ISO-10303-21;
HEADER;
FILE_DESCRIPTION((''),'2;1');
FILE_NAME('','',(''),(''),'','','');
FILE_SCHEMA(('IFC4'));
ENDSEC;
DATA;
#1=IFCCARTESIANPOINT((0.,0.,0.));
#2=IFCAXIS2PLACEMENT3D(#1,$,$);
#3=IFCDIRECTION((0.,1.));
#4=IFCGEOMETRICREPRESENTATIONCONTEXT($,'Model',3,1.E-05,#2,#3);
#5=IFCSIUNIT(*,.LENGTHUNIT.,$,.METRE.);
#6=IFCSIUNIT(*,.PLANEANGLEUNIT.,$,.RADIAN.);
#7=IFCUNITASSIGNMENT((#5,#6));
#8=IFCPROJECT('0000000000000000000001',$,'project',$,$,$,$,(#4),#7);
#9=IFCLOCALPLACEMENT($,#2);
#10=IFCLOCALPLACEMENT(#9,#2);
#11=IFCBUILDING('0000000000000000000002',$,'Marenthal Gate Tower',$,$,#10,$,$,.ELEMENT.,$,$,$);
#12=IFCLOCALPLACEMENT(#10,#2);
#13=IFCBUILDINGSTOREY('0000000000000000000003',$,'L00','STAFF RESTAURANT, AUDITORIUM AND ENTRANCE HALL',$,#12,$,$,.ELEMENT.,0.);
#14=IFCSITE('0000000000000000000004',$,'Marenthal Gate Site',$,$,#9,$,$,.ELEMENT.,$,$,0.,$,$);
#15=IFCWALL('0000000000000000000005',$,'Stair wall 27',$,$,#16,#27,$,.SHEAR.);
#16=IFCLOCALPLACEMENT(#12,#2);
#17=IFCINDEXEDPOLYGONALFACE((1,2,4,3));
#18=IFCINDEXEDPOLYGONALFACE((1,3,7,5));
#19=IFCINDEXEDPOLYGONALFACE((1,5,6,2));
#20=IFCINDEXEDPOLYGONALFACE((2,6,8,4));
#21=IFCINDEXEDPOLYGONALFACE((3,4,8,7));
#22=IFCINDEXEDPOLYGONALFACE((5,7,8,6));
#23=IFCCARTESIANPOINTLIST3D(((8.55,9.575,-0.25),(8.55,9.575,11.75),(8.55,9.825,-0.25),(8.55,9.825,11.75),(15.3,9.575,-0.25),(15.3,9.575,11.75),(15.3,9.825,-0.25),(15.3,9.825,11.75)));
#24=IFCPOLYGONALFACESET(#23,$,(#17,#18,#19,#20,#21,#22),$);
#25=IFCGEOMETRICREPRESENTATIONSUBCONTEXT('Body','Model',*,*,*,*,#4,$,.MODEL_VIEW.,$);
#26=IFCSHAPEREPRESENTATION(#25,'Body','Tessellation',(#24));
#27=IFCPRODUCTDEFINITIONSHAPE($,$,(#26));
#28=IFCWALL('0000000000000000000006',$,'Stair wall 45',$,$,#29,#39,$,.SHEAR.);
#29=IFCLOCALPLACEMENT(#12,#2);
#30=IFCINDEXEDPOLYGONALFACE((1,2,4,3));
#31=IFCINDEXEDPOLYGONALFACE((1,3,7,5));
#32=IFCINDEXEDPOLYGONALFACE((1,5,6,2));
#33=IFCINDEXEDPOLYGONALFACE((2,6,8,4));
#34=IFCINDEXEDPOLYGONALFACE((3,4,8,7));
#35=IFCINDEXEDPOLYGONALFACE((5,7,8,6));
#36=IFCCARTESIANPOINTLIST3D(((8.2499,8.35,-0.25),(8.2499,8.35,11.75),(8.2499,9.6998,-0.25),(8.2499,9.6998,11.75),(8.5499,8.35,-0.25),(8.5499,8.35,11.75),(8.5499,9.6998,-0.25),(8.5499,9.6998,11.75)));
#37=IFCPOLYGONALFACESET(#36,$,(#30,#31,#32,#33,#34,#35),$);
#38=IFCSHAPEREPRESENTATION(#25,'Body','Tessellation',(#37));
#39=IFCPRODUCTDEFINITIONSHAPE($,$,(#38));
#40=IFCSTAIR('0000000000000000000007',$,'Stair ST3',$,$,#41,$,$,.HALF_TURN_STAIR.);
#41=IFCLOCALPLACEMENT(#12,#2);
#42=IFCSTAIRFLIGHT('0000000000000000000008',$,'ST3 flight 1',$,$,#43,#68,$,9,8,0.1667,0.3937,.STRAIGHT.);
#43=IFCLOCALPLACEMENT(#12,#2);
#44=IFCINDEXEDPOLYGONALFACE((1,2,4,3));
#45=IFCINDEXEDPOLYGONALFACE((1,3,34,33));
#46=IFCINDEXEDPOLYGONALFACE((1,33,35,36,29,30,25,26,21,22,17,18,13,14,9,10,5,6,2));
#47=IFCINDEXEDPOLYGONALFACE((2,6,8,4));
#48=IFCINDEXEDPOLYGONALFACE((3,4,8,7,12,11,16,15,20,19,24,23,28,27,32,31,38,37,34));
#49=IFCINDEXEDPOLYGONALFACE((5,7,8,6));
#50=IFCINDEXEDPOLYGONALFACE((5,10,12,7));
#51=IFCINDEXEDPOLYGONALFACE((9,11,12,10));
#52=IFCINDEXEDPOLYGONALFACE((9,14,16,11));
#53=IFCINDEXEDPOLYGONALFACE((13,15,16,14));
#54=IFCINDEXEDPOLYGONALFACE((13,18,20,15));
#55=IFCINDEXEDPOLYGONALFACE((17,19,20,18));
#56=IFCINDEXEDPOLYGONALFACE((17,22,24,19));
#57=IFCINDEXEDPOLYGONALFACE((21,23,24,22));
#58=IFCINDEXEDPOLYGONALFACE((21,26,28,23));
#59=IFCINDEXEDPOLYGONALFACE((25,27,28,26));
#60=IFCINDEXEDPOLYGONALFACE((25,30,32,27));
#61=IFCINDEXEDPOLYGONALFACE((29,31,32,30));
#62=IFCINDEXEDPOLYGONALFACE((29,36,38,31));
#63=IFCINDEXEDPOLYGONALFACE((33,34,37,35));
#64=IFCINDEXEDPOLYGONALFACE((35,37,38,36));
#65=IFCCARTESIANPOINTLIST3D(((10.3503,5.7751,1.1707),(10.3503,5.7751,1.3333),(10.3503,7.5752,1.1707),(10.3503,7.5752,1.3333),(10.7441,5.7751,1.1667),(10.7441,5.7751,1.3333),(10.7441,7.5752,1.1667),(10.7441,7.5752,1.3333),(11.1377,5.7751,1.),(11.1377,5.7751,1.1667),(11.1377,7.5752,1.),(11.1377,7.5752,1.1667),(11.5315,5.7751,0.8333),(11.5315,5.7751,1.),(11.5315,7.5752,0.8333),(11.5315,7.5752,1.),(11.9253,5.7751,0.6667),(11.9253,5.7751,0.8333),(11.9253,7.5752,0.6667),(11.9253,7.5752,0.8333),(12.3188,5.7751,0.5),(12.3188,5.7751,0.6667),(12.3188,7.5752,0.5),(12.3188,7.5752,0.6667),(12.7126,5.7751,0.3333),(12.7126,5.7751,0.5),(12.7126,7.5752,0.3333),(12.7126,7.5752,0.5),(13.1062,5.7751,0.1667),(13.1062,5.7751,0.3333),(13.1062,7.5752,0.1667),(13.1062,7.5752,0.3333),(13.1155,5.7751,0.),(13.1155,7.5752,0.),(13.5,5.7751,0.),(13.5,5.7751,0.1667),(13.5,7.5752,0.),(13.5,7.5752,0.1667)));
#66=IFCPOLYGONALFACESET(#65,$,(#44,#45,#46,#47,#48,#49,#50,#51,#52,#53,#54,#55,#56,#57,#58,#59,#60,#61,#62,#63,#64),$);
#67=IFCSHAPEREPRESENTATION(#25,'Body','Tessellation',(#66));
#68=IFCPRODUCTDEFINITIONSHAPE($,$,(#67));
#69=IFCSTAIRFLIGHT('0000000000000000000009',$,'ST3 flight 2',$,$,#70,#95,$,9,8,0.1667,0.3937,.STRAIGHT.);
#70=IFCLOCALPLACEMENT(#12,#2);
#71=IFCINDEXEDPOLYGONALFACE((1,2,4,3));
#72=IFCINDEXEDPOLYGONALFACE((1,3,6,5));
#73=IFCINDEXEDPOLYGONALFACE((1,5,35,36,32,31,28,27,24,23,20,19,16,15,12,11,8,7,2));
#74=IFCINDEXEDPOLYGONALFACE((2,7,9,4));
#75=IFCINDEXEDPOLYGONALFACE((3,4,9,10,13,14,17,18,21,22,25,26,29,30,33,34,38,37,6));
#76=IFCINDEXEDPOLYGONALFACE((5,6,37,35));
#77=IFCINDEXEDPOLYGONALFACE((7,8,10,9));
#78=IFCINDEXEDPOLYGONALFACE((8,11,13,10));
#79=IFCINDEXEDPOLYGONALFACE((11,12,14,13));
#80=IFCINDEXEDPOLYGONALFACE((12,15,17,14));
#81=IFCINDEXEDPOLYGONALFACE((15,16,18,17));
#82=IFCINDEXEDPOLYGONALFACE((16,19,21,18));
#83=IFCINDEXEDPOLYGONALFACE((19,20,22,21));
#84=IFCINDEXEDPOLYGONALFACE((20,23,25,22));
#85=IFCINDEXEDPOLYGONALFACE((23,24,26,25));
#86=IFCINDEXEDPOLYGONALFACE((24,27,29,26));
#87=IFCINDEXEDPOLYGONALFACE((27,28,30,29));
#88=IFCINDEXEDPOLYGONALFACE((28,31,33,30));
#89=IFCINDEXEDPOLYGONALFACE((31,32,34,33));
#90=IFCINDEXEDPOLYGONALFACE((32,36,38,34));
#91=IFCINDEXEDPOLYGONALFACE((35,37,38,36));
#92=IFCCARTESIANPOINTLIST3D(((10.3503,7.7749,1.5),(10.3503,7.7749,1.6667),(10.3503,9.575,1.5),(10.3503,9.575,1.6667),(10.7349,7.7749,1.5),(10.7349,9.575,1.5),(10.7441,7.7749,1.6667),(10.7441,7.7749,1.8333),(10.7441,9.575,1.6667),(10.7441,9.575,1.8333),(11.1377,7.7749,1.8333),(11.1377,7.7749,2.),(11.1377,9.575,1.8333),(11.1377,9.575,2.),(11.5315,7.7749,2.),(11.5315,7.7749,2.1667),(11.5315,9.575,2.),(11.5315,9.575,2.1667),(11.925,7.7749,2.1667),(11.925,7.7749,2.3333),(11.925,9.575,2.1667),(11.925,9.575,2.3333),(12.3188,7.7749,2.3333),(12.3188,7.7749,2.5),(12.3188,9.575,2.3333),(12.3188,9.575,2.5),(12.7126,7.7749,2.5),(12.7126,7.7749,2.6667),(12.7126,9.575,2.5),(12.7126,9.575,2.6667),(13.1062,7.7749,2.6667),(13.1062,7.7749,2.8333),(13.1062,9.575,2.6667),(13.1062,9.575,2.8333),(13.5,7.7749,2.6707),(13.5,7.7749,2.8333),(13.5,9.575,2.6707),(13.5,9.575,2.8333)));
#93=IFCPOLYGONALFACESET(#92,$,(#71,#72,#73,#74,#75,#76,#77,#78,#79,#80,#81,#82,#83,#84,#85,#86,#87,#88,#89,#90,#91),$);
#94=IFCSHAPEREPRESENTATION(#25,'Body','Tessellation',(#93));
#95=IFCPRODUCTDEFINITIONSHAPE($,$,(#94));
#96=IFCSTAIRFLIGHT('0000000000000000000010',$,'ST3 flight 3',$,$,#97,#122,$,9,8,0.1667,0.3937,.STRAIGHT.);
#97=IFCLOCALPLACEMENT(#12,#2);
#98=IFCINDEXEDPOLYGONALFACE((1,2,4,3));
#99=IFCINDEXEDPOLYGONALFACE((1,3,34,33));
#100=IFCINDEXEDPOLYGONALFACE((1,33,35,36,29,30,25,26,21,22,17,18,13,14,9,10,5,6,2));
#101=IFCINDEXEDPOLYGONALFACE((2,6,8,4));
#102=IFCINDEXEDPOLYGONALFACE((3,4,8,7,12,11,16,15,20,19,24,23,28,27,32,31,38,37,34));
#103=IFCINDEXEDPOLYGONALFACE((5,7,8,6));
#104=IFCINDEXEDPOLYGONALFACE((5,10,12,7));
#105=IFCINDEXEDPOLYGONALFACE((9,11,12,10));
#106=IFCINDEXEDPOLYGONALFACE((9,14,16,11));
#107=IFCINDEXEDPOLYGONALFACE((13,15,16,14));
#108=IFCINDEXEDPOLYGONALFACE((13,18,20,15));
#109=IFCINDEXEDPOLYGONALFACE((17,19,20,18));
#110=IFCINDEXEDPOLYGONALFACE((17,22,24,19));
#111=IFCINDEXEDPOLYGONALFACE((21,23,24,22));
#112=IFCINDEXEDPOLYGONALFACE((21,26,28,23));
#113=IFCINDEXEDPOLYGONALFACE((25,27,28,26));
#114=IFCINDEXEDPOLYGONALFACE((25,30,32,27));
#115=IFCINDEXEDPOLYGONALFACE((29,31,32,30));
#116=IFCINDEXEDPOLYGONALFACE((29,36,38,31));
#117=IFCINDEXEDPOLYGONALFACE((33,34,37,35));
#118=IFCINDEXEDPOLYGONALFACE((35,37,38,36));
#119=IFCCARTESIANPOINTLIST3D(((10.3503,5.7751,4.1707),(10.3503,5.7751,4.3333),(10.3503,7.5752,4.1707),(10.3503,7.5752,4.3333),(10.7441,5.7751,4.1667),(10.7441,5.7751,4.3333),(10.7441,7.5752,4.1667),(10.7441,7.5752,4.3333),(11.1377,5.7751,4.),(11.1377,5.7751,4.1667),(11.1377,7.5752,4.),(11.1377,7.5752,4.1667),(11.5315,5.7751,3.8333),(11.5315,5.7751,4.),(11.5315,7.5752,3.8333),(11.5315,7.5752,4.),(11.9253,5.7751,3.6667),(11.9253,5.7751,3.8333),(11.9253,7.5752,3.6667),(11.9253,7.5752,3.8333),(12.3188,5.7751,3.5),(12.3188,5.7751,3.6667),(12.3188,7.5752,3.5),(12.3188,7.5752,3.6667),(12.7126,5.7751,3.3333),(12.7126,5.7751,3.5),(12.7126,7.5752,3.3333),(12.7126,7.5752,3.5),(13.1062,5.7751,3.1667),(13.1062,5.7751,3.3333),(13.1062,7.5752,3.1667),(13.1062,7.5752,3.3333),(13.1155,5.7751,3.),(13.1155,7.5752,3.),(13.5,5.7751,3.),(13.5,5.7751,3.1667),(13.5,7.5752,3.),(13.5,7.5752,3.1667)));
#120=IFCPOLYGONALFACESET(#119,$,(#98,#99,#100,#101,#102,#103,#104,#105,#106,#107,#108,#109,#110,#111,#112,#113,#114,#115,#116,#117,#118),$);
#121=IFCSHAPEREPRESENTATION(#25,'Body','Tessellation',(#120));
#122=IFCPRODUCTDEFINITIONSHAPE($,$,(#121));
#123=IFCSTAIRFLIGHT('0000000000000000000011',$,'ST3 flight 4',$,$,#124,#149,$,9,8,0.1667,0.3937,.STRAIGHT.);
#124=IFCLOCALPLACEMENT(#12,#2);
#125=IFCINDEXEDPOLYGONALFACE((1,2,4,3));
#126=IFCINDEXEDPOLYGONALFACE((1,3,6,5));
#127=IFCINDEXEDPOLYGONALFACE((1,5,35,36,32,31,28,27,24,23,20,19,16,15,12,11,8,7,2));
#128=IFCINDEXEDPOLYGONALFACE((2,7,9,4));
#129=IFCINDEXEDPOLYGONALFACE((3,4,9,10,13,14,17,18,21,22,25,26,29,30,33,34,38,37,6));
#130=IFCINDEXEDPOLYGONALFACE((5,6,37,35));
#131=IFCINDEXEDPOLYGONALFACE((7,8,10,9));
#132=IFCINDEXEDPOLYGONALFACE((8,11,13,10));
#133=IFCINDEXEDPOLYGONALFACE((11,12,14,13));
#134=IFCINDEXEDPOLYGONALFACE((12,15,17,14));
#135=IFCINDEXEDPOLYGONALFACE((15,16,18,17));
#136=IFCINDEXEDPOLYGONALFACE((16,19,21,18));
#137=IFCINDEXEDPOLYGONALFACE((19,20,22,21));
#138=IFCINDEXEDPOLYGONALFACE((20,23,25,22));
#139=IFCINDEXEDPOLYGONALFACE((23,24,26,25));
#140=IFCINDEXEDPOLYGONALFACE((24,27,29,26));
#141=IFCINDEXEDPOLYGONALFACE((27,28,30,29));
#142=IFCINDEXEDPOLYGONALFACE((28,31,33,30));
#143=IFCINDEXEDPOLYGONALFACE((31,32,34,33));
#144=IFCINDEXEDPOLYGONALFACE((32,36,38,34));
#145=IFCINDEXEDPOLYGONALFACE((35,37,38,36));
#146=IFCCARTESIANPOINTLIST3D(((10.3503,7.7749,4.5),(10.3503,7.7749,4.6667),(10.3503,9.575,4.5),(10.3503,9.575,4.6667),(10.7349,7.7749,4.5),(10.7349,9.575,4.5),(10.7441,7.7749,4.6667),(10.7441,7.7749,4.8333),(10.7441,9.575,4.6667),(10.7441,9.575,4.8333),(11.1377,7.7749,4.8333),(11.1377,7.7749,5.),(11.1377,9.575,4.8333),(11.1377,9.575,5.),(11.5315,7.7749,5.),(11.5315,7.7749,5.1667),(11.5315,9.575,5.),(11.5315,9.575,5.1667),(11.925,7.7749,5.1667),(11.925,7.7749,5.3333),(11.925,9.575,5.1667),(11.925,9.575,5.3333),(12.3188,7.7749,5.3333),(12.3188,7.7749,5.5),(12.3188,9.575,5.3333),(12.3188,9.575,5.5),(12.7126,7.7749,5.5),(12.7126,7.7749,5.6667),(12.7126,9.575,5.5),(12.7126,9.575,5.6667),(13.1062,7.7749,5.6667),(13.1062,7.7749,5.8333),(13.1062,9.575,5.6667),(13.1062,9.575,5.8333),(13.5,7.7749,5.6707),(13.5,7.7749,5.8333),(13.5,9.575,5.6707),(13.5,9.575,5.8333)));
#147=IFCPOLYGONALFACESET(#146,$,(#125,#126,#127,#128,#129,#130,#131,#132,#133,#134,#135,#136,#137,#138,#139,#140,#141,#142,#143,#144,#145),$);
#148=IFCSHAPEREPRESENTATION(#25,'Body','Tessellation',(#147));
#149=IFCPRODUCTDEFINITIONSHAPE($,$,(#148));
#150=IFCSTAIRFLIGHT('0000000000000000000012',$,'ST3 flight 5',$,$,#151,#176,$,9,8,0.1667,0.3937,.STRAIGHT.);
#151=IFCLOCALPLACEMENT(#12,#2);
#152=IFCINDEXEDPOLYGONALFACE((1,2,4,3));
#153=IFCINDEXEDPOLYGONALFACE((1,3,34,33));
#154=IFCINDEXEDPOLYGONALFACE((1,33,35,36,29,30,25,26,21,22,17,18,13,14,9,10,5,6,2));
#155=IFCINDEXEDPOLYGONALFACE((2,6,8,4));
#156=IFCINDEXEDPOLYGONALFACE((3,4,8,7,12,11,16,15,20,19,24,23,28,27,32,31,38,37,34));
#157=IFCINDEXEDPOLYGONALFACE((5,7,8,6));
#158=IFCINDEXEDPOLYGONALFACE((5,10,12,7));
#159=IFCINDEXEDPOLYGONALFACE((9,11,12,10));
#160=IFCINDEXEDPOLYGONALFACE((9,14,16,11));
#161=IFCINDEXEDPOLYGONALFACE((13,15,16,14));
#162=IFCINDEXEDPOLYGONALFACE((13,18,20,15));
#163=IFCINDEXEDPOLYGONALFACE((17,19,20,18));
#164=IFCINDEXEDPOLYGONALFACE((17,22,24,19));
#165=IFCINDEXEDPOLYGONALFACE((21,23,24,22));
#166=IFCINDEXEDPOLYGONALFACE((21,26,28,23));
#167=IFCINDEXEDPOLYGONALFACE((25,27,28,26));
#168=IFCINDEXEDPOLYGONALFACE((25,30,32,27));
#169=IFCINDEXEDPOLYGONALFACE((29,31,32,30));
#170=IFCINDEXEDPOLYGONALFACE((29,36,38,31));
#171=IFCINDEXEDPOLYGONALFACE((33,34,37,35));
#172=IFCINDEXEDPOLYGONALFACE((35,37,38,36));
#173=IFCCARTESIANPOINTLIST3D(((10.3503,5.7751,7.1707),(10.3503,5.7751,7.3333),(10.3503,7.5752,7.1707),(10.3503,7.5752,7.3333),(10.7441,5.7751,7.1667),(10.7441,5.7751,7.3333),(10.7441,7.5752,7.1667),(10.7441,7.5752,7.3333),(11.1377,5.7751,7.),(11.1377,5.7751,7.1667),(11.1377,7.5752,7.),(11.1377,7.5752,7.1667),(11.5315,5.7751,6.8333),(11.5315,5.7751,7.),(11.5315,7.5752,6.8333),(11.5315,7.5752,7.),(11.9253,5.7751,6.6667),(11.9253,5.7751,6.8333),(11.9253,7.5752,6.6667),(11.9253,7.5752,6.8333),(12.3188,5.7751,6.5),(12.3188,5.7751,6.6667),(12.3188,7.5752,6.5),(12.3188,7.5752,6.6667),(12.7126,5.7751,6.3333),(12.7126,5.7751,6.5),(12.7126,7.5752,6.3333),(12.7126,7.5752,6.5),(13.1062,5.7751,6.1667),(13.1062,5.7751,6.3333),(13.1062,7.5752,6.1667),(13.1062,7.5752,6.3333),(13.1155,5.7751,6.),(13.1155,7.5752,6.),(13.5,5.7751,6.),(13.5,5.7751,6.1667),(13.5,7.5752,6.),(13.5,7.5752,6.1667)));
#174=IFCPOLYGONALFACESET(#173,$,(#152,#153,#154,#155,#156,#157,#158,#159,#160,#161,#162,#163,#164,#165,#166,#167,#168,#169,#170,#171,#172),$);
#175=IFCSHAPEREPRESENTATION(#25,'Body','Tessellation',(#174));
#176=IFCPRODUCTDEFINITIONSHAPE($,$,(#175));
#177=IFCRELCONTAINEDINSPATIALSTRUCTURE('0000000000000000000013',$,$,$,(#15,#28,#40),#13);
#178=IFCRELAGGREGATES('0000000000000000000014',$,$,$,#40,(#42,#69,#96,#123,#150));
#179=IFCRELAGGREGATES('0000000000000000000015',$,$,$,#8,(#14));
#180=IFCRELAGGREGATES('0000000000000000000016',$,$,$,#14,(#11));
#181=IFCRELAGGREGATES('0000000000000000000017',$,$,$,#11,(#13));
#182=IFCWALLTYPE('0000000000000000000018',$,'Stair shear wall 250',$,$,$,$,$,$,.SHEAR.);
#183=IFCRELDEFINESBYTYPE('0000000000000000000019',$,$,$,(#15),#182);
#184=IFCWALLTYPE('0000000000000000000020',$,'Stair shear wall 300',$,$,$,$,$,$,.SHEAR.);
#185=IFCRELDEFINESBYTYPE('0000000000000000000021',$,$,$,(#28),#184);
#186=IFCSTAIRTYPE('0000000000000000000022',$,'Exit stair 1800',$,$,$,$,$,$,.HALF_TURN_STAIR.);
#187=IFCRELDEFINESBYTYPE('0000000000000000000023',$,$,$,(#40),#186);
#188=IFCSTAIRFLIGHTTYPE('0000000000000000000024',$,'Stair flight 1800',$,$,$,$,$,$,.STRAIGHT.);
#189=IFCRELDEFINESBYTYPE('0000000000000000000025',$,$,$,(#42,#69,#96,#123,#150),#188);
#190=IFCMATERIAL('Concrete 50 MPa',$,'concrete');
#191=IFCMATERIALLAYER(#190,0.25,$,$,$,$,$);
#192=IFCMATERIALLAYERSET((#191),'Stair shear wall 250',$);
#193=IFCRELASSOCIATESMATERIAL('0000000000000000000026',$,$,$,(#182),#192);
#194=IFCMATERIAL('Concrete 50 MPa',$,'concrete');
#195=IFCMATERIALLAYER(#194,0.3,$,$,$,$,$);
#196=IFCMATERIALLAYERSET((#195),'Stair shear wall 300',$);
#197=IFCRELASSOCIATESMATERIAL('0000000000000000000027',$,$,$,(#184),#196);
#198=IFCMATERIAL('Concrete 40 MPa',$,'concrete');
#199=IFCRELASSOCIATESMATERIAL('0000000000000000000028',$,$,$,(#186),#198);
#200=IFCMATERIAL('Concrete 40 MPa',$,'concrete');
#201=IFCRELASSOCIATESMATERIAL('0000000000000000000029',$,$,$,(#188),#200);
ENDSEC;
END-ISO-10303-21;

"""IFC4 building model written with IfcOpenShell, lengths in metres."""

from ifc_helpers import new_model, si_unit, direction, frame, frame_2d, origin, place, context, subcontext, project, spatial, polyline, rectangle, outline, extrude, material, layer, layer_set, type_object, element, aggregate, save


model = new_model("IFC4")

# Units and contexts
model_context = context("Model", 3, precision=1e-05, world=origin(), true_north=direction((0.0, 1.0)))
body_context = subcontext(model_context, "Body", "Model", "MODEL_VIEW")
ifc_project = project(units=[si_unit("LENGTHUNIT", "METRE"), si_unit("PLANEANGLEUNIT", "RADIAN")], contexts=[model_context])

# Site, building, storey
site_placement = place(None, origin())
site = spatial("IfcSite", under=ifc_project, at=site_placement, Name="Marenthal Gate Site", CompositionType="ELEMENT", RefElevation=0.0)
building_placement = place(site_placement, origin())
building = spatial("IfcBuilding", under=site, at=building_placement, Name="Marenthal Gate Tower", CompositionType="ELEMENT")
storey_placement = place(building_placement, origin())
storey = spatial("IfcBuildingStorey", under=building, at=storey_placement, Name="L00", Description="STAFF RESTAURANT, AUDITORIUM AND ENTRANCE HALL", CompositionType="ELEMENT", Elevation=0.0)

# Shared definitions
ifc_material_1 = material(Name="Concrete 50 MPa", Category="concrete")
ifc_layer_1 = layer(ifc_material_1, 0.25)
ifc_layer_set_1 = layer_set([ifc_layer_1], Name="Stair shear wall 250")
wall_type_1 = type_object("IfcWallType", Name="Stair shear wall 250", PredefinedType="SHEAR", material=ifc_layer_set_1)

# Walls
wall_1_placement = place(storey_placement, frame((8.55, 9.7, -0.25), z_axis=(0.0, 0.0, 1.0), x_axis=(1.0, 0.0, 0.0)))
element("IfcWall", 1, at=wall_1_placement, inside=storey, type_object=wall_type_1, Name="Stair wall 27", PredefinedType="SHEAR", context=body_context, shape_type="SweptSolid", body=[
    extrude(rectangle(XDim=6.75, YDim=0.25, at=frame_2d((3.375, 0.0))), origin(), (0.0, 0.0, 1.0), 12.0),
])
ifc_material_2 = material(Name="Concrete 50 MPa", Category="concrete")
ifc_layer_2 = layer(ifc_material_2, 0.3)
ifc_layer_set_2 = layer_set([ifc_layer_2], Name="Stair shear wall 300")
wall_type_2 = type_object("IfcWallType", Name="Stair shear wall 300", PredefinedType="SHEAR", material=ifc_layer_set_2)
wall_2_placement = place(storey_placement, frame((8.3999, 8.3501, -0.25), z_axis=(0.0, 0.0, 1.0), x_axis=(0.0, 1.0, 0.0)))
element("IfcWall", 2, at=wall_2_placement, inside=storey, type_object=wall_type_2, Name="Stair wall 45", PredefinedType="SHEAR", context=body_context, shape_type="SweptSolid", body=[
    extrude(rectangle(XDim=1.3499, YDim=0.3, at=frame_2d((0.6748, 0.0))), origin(), (0.0, 0.0, 1.0), 12.0),
])

# Stair, stair flights
ifc_material_3 = material(Name="Concrete 40 MPa", Category="concrete")
stair_type = type_object("IfcStairType", Name="Exit stair 1800", PredefinedType="HALF_TURN_STAIR", material=ifc_material_3)
stair_placement = place(storey_placement, origin())
stair = element("IfcStair", 3, at=stair_placement, inside=storey, type_object=stair_type, Name="Stair ST3", PredefinedType="HALF_TURN_STAIR")
ifc_material_4 = material(Name="Concrete 40 MPa", Category="concrete")
stair_flight_type = type_object("IfcStairFlightType", Name="Stair flight 1800", PredefinedType="STRAIGHT", material=ifc_material_4)
stair_flight_1_placement = place(storey_placement, frame((13.5, 6.675, 0.0), z_axis=(0.0, 0.0, 1.0), x_axis=(-1.0, 0.0, 0.0)))
stair_flight_1 = element("IfcStairFlight", 4, at=stair_flight_1_placement, type_object=stair_flight_type, Name="ST3 flight 1", NumberOfRisers=9, NumberOfTreads=8, PredefinedType="STRAIGHT", RiserHeight=0.1667, TreadLength=0.3937, context=body_context, shape_type="SweptSolid", body=[
    extrude(outline(polyline([(0.0, 0.0), (0.0, 0.1667), (0.3938, 0.1667), (0.3938, 0.3333), (0.7874, 0.3333), (0.7874, 0.5), (1.1812, 0.5), (1.1812, 0.6667), (1.5747, 0.6667), (1.5747, 0.8333), (1.9685, 0.8333), (1.9685, 1.0), (2.3623, 1.0), (2.3623, 1.1667), (2.7559, 1.1667), (2.7559, 1.3333), (3.1497, 1.3333), (3.1497, 1.5), (3.1497, 1.1707), (0.3845, 0.0), (0.0, 0.0)])), frame((0.0, 0.8999, 0.0), z_axis=(0.0, -1.0, 0.0), x_axis=(1.0, 0.0, 0.0)), (0.0, 0.0, 1.0), 1.8),
])
stair_flight_2_placement = place(storey_placement, frame((10.3503, 8.675, 1.5), z_axis=(0.0, 0.0, 1.0), x_axis=(1.0, 0.0, 0.0)))
stair_flight_2 = element("IfcStairFlight", 5, at=stair_flight_2_placement, type_object=stair_flight_type, Name="ST3 flight 2", NumberOfRisers=9, NumberOfTreads=8, PredefinedType="STRAIGHT", RiserHeight=0.1667, TreadLength=0.3937, context=body_context, shape_type="SweptSolid", body=[
    extrude(outline(polyline([(0.0, 0.0), (0.0, 0.1667), (0.3938, 0.1667), (0.3938, 0.3333), (0.7874, 0.3333), (0.7874, 0.5), (1.1812, 0.5), (1.1812, 0.6667), (1.5747, 0.6667), (1.5747, 0.8333), (1.9685, 0.8333), (1.9685, 1.0), (2.3623, 1.0), (2.3623, 1.1667), (2.7559, 1.1667), (2.7559, 1.3333), (3.1497, 1.3333), (3.1497, 1.5), (3.1497, 1.1707), (0.3845, 0.0), (0.0, 0.0)])), frame((0.0, 0.8999, 0.0), z_axis=(0.0, -1.0, 0.0), x_axis=(1.0, 0.0, 0.0)), (0.0, 0.0, 1.0), 1.8),
])
stair_flight_3_placement = place(storey_placement, frame((13.5, 6.675, 3.0), z_axis=(0.0, 0.0, 1.0), x_axis=(-1.0, 0.0, 0.0)))
stair_flight_3 = element("IfcStairFlight", 6, at=stair_flight_3_placement, type_object=stair_flight_type, Name="ST3 flight 3", NumberOfRisers=9, NumberOfTreads=8, PredefinedType="STRAIGHT", RiserHeight=0.1667, TreadLength=0.3937, context=body_context, shape_type="SweptSolid", body=[
    extrude(outline(polyline([(0.0, 0.0), (0.0, 0.1667), (0.3938, 0.1667), (0.3938, 0.3333), (0.7874, 0.3333), (0.7874, 0.5), (1.1812, 0.5), (1.1812, 0.6667), (1.5747, 0.6667), (1.5747, 0.8333), (1.9685, 0.8333), (1.9685, 1.0), (2.3623, 1.0), (2.3623, 1.1667), (2.7559, 1.1667), (2.7559, 1.3333), (3.1497, 1.3333), (3.1497, 1.5), (3.1497, 1.1707), (0.3845, 0.0), (0.0, 0.0)])), frame((0.0, 0.8999, 0.0), z_axis=(0.0, -1.0, 0.0), x_axis=(1.0, 0.0, 0.0)), (0.0, 0.0, 1.0), 1.8),
])
stair_flight_4_placement = place(storey_placement, frame((10.3503, 8.675, 4.5), z_axis=(0.0, 0.0, 1.0), x_axis=(1.0, 0.0, 0.0)))
stair_flight_4 = element("IfcStairFlight", 7, at=stair_flight_4_placement, type_object=stair_flight_type, Name="ST3 flight 4", NumberOfRisers=9, NumberOfTreads=8, PredefinedType="STRAIGHT", RiserHeight=0.1667, TreadLength=0.3937, context=body_context, shape_type="SweptSolid", body=[
    extrude(outline(polyline([(0.0, 0.0), (0.0, 0.1667), (0.3938, 0.1667), (0.3938, 0.3333), (0.7874, 0.3333), (0.7874, 0.5), (1.1812, 0.5), (1.1812, 0.6667), (1.5747, 0.6667), (1.5747, 0.8333), (1.9685, 0.8333), (1.9685, 1.0), (2.3623, 1.0), (2.3623, 1.1667), (2.7559, 1.1667), (2.7559, 1.3333), (3.1497, 1.3333), (3.1497, 1.5), (3.1497, 1.1707), (0.3845, 0.0), (0.0, 0.0)])), frame((0.0, 0.8999, 0.0), z_axis=(0.0, -1.0, 0.0), x_axis=(1.0, 0.0, 0.0)), (0.0, 0.0, 1.0), 1.8),
])
stair_flight_5_placement = place(storey_placement, frame((13.5, 6.675, 6.0), z_axis=(0.0, 0.0, 1.0), x_axis=(-1.0, 0.0, 0.0)))
stair_flight_5 = element("IfcStairFlight", 8, at=stair_flight_5_placement, type_object=stair_flight_type, Name="ST3 flight 5", NumberOfRisers=9, NumberOfTreads=8, PredefinedType="STRAIGHT", RiserHeight=0.1667, TreadLength=0.3937, context=body_context, shape_type="SweptSolid", body=[
    extrude(outline(polyline([(0.0, 0.0), (0.0, 0.1667), (0.3938, 0.1667), (0.3938, 0.3333), (0.7874, 0.3333), (0.7874, 0.5), (1.1812, 0.5), (1.1812, 0.6667), (1.5747, 0.6667), (1.5747, 0.8333), (1.9685, 0.8333), (1.9685, 1.0), (2.3623, 1.0), (2.3623, 1.1667), (2.7559, 1.1667), (2.7559, 1.3333), (3.1497, 1.3333), (3.1497, 1.5), (3.1497, 1.1707), (0.3845, 0.0), (0.0, 0.0)])), frame((0.0, 0.8999, 0.0), z_axis=(0.0, -1.0, 0.0), x_axis=(1.0, 0.0, 0.0)), (0.0, 0.0, 1.0), 1.8),
])
aggregate(stair, [stair_flight_1, stair_flight_2, stair_flight_3, stair_flight_4, stair_flight_5])

save(model, "model.ifc")
